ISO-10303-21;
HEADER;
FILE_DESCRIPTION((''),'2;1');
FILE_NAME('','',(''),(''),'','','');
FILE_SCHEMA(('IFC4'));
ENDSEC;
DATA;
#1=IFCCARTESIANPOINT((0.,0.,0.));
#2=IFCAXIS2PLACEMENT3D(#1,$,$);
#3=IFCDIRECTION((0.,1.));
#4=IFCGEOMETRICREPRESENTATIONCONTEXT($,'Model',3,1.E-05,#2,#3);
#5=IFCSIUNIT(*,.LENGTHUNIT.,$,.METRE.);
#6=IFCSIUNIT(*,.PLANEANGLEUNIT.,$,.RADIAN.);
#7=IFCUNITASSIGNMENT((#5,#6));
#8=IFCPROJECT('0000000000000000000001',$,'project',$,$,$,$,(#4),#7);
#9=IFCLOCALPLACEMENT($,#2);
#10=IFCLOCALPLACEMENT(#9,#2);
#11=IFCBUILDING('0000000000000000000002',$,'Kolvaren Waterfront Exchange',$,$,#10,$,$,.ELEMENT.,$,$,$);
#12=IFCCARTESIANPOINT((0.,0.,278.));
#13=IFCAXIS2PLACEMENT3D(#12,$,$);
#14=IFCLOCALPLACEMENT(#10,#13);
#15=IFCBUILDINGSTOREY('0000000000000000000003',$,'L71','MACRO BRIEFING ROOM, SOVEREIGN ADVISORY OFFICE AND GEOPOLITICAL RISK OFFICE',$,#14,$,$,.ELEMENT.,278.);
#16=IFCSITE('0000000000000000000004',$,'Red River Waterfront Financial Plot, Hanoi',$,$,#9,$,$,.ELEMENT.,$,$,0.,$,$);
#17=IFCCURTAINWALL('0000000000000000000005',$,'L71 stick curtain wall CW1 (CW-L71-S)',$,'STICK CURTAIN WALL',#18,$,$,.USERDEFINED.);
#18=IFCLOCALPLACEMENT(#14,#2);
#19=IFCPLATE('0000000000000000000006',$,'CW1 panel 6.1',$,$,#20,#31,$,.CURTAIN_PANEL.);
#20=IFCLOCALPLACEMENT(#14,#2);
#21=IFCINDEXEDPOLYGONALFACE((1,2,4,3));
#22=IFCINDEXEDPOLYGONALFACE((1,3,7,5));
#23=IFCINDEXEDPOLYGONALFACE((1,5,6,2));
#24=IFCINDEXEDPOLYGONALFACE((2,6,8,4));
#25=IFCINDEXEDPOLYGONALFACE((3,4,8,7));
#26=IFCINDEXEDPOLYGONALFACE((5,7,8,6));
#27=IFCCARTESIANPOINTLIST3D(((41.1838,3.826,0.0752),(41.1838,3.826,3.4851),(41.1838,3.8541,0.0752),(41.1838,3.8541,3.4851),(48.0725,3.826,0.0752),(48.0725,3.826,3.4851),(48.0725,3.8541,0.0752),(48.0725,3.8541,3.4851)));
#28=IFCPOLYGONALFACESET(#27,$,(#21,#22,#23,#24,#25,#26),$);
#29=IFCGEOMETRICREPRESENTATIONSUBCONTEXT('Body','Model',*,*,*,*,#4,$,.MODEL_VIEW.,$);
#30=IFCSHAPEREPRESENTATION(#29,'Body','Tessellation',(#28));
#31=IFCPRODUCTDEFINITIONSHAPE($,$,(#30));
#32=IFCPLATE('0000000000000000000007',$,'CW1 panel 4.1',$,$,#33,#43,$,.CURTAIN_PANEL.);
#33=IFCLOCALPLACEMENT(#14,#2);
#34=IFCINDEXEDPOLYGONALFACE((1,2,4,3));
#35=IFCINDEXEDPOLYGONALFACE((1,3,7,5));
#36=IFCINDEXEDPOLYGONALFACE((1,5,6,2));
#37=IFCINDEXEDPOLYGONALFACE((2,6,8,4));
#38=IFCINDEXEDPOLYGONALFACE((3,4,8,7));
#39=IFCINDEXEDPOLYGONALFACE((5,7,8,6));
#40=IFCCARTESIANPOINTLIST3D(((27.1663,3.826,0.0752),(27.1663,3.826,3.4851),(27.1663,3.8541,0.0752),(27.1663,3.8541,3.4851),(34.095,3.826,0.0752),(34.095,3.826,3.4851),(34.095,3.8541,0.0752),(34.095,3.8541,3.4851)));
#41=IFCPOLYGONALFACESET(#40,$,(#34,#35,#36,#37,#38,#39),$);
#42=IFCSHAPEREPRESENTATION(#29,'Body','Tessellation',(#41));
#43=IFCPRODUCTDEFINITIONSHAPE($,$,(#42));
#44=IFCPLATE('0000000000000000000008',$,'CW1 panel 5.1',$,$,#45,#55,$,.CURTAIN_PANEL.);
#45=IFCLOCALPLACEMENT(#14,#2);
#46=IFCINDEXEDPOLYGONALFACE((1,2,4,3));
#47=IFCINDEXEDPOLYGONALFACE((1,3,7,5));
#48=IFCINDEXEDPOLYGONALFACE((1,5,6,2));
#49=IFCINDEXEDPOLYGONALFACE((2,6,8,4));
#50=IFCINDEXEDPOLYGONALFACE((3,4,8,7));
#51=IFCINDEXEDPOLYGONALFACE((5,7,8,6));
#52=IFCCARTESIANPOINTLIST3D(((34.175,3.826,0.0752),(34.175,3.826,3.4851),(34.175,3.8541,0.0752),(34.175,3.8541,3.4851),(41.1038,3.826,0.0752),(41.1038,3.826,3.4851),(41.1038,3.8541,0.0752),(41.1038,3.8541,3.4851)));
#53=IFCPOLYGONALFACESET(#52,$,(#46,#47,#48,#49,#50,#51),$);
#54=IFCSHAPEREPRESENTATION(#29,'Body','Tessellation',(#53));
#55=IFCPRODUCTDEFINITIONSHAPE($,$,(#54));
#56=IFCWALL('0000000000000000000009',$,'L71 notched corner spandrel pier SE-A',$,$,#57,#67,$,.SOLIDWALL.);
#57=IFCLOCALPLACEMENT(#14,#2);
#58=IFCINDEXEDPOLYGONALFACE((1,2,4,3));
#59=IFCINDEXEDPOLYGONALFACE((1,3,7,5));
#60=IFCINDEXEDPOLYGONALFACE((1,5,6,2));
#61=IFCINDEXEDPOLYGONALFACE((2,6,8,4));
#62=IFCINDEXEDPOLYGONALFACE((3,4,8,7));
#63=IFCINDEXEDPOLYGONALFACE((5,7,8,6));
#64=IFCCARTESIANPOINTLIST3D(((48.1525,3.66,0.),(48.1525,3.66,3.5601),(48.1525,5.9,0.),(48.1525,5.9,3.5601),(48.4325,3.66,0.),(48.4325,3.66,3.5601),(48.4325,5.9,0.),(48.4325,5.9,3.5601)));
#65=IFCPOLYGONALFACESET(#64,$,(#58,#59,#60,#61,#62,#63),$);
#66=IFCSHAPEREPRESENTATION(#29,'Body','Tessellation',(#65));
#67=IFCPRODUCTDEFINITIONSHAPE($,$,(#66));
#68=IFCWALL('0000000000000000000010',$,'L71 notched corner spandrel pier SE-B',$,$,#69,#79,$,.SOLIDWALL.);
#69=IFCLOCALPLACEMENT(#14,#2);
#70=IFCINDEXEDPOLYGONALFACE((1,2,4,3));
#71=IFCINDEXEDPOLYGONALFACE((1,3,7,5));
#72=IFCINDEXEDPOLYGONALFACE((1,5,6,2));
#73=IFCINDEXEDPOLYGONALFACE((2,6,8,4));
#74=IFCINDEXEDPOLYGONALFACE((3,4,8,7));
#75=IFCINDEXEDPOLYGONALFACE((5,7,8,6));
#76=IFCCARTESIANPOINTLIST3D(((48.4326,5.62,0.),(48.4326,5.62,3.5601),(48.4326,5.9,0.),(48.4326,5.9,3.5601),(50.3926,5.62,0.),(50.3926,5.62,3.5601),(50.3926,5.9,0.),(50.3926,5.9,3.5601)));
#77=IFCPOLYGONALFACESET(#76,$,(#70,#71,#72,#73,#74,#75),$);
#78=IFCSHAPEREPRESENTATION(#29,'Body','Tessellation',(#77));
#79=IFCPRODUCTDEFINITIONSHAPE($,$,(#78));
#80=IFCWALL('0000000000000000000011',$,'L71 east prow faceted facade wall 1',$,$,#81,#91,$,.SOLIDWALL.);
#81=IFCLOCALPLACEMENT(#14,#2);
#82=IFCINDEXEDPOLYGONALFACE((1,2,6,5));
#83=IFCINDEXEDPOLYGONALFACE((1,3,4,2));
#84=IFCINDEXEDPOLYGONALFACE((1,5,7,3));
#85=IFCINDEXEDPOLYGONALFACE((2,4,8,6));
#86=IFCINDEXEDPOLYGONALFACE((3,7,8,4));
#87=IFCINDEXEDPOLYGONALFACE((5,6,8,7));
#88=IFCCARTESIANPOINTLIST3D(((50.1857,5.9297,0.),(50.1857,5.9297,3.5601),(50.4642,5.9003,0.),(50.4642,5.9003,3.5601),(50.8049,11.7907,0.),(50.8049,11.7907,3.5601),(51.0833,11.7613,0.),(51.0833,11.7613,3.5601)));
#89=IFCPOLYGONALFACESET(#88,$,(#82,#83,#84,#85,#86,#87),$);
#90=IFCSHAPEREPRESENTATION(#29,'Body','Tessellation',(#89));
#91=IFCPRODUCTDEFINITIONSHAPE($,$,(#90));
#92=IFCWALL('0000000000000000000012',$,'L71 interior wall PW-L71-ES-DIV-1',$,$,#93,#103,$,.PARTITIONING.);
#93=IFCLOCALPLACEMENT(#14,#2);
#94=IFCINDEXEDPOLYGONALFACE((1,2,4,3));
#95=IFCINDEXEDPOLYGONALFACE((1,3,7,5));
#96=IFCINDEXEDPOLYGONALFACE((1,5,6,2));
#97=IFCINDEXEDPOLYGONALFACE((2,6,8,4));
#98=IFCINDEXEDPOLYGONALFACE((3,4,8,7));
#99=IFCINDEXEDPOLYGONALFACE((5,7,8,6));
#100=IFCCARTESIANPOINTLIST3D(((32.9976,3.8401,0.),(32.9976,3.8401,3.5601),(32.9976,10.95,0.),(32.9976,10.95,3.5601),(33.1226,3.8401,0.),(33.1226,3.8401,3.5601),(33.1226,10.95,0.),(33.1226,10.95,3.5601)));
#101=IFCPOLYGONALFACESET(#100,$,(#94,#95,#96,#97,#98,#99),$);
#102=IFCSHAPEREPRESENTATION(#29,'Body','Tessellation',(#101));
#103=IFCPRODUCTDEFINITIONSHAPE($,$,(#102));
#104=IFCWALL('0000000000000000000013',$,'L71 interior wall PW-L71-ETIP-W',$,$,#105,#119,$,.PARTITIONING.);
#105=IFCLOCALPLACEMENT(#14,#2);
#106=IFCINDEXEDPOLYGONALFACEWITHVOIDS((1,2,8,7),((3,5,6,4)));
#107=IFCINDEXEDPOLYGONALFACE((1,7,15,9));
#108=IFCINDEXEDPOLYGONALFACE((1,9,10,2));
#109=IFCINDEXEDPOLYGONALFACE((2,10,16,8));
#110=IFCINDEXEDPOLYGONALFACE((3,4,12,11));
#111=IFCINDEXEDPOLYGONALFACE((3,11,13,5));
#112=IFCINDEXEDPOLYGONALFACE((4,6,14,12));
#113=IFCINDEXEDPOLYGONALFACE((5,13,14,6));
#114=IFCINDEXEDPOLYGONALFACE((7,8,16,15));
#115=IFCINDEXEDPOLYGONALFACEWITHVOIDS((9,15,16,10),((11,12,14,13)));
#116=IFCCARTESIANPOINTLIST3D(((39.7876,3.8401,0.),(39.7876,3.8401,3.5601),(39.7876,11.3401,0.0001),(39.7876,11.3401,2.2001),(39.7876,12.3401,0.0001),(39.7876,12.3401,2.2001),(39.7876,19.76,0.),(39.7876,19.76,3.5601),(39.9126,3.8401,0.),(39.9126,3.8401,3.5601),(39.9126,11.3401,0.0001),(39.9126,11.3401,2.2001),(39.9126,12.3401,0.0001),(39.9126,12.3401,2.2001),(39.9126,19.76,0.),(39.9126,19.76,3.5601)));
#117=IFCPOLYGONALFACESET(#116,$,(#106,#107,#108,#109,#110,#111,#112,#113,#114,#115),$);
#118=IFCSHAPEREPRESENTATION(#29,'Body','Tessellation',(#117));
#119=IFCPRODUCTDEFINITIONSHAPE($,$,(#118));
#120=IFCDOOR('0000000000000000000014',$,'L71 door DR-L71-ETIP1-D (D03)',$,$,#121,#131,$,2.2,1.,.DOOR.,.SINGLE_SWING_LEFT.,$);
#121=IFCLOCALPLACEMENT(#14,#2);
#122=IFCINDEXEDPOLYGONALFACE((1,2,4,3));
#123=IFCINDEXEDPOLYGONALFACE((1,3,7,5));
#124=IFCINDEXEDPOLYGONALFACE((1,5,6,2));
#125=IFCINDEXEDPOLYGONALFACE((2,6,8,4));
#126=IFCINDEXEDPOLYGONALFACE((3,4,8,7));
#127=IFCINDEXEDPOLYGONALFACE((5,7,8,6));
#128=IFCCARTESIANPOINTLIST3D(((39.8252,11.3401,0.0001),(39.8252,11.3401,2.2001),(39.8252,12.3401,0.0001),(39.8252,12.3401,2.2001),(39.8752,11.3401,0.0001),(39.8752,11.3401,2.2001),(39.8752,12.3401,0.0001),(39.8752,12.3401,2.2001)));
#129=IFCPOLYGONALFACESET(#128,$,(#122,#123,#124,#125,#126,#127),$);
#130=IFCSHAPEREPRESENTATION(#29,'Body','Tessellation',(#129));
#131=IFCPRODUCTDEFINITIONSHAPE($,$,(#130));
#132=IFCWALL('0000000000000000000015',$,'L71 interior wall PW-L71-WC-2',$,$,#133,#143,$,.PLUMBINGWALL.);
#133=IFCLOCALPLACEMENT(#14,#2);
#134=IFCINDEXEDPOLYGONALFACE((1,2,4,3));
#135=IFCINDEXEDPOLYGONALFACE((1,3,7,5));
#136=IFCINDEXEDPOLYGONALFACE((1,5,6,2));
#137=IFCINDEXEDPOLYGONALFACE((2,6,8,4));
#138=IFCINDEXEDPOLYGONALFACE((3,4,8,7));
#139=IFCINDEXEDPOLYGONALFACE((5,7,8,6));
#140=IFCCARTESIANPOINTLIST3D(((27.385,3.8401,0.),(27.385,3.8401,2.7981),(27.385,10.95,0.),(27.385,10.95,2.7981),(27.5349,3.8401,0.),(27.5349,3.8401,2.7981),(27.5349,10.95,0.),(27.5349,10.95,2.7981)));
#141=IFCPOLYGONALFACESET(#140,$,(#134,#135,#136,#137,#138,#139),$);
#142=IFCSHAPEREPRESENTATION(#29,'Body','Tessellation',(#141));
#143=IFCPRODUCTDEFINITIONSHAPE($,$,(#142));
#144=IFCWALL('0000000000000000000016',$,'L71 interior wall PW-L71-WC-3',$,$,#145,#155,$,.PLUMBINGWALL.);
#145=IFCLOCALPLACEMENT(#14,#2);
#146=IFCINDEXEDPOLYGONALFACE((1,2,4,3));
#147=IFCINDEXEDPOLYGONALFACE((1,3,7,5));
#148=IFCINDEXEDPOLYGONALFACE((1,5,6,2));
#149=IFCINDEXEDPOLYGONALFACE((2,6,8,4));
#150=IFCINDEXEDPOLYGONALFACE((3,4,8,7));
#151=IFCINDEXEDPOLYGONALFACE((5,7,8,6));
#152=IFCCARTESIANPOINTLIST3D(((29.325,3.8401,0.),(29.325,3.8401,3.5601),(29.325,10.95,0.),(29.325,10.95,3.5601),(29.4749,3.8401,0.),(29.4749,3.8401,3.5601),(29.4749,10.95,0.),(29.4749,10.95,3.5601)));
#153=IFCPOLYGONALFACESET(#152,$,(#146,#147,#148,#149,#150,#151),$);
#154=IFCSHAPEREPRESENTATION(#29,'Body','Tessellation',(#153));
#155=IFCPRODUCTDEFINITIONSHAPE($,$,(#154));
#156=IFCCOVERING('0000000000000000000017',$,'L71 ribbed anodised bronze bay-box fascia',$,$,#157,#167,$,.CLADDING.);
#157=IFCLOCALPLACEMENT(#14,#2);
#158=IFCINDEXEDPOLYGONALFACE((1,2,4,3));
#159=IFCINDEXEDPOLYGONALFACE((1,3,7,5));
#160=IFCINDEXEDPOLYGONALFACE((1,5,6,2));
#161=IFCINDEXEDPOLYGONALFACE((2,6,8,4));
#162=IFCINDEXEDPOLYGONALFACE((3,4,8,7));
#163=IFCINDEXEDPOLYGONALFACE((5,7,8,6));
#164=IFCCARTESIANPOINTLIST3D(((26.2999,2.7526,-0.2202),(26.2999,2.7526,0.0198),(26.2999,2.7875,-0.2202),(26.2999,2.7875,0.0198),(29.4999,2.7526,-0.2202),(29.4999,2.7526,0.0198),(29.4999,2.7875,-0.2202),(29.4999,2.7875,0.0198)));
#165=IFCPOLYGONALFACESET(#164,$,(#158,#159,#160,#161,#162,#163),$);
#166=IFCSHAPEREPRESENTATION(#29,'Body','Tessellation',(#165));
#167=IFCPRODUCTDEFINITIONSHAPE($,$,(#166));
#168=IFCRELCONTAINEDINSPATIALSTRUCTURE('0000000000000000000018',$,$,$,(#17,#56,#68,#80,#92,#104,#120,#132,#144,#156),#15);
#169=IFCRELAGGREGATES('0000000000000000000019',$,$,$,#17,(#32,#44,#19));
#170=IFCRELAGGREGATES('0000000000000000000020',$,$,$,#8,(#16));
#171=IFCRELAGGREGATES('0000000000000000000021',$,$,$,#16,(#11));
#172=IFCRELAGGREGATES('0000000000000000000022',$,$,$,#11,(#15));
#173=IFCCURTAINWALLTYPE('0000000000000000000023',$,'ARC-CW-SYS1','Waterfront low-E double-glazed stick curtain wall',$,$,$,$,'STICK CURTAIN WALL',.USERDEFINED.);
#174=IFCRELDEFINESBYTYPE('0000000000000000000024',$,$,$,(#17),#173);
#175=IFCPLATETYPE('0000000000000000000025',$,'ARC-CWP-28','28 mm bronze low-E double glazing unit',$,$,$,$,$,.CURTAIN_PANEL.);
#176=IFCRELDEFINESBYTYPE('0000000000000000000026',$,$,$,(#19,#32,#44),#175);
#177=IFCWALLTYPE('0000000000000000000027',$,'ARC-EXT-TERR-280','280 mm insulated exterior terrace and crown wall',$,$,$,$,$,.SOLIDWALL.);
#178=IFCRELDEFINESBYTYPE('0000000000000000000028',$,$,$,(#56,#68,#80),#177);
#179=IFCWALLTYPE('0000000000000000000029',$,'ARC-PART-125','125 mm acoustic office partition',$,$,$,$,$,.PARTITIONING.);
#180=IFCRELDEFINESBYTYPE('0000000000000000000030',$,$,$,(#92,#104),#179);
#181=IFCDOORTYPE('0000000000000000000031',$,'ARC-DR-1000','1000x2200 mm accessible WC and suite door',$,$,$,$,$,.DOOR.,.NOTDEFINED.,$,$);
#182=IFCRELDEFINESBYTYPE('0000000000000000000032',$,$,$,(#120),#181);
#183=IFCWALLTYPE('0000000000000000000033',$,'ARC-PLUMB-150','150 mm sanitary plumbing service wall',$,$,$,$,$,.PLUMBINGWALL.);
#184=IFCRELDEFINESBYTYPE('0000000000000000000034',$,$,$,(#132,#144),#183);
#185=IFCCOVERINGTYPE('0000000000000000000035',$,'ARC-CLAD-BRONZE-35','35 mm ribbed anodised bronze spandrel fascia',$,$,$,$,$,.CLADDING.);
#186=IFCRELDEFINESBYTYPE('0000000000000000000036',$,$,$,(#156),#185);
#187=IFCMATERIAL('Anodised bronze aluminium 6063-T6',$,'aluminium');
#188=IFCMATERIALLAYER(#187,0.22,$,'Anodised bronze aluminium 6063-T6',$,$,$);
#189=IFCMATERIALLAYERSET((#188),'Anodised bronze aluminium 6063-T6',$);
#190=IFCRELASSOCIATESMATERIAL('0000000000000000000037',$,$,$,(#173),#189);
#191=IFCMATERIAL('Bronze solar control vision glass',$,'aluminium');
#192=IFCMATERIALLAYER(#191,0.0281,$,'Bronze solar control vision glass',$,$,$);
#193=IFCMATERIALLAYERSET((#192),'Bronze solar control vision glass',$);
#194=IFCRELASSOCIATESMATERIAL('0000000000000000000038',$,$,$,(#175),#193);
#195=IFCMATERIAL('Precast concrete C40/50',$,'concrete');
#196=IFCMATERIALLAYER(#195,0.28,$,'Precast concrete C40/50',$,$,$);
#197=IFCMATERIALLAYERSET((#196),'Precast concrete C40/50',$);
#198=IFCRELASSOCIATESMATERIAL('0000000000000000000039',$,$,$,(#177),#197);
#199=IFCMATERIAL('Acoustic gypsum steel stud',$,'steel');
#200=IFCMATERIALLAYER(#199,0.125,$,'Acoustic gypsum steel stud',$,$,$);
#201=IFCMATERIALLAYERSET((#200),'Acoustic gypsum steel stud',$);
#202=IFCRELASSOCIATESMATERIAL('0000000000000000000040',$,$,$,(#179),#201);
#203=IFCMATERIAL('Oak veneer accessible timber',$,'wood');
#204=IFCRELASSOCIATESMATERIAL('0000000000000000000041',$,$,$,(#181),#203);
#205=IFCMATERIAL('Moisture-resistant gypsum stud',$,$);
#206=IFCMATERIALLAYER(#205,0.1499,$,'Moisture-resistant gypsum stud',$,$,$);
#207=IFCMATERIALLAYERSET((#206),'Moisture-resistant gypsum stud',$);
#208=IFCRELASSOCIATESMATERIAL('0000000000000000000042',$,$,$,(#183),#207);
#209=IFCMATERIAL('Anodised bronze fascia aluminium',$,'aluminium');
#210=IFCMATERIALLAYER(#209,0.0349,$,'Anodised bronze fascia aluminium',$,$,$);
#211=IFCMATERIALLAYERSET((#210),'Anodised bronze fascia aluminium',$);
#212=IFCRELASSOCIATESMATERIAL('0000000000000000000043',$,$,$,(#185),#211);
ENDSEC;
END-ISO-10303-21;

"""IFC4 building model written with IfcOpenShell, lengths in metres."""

from ifc_helpers import new_model, si_unit, direction, frame, frame_2d, origin, origin_with_axes, origin_2d, place, context, subcontext, project, spatial, rectangle, extrude, source, transform, mapped, material, layer, layer_set, type_object, element, fill, aggregate, save


model = new_model("IFC4")

# Units and contexts
model_context = context("Model", 3, precision=1e-05, world=origin(), true_north=direction((0.0, 1.0)))
body_context = subcontext(model_context, "Body", "Model", "MODEL_VIEW")
ifc_project = project(units=[si_unit("LENGTHUNIT", "METRE"), si_unit("PLANEANGLEUNIT", "RADIAN")], contexts=[model_context])

# Site, building, storey
site_placement = place(None, origin())
site = spatial("IfcSite", under=ifc_project, at=site_placement, Name="Red River Waterfront Financial Plot, Hanoi", CompositionType="ELEMENT", RefElevation=0.0)
building_placement = place(site_placement, origin())
building = spatial("IfcBuilding", under=site, at=building_placement, Name="Kolvaren Waterfront Exchange", CompositionType="ELEMENT")
storey_placement = place(building_placement, frame((0.0, 0.0, 278.0)))
storey = spatial("IfcBuildingStorey", under=building, at=storey_placement, Name="L71", Description="MACRO BRIEFING ROOM, SOVEREIGN ADVISORY OFFICE AND GEOPOLITICAL RISK OFFICE", CompositionType="ELEMENT", Elevation=278.0)

# Shared definitions
ifc_material_1 = material(Name="Anodised bronze aluminium 6063-T6", Category="aluminium")

# Curtain wall
ifc_layer_1 = layer(ifc_material_1, 0.22, Name="Anodised bronze aluminium 6063-T6")
ifc_layer_set_1 = layer_set([ifc_layer_1], Name="Anodised bronze aluminium 6063-T6")
curtain_wall_type_1 = type_object("IfcCurtainWallType", Name="ARC-CW-SYS1", Description="Waterfront low-E double-glazed stick curtain wall", ElementType="STICK CURTAIN WALL", PredefinedType="USERDEFINED", material=ifc_layer_set_1)
curtain_wall_1_placement = place(storey_placement, origin())
curtain_wall_1 = element("IfcCurtainWall", 1, at=curtain_wall_1_placement, inside=storey, type_object=curtain_wall_type_1, Name="L71 stick curtain wall CW1 (CW-L71-S)", ObjectType="STICK CURTAIN WALL", PredefinedType="USERDEFINED")

# Plates
ifc_material_2 = material(Name="Bronze solar control vision glass", Category="aluminium")
ifc_layer_2 = layer(ifc_material_2, 0.0281, Name="Bronze solar control vision glass")
ifc_layer_set_2 = layer_set([ifc_layer_2], Name="Bronze solar control vision glass")
plate_type_1 = type_object("IfcPlateType", Name="ARC-CWP-28", Description="28 mm bronze low-E double glazing unit", PredefinedType="CURTAIN_PANEL", material=ifc_layer_set_2)
shared_shape_1 = source(origin_with_axes(), body_context, "Body", "SweptSolid", [
    extrude(rectangle(XDim=6.8887, YDim=0.0281, at=origin_2d()), origin(), (0.0, 0.0, 1.0), 3.4099),
])
plate_1_placement = place(storey_placement, frame((44.6282, 3.8401, 0.0752), z_axis=(0.0, 0.0, 1.0), x_axis=(1.0, 0.0, 0.0)))
plate_1 = element("IfcPlate", 2, at=plate_1_placement, type_object=plate_type_1, Name="CW1 panel 6.1", PredefinedType="CURTAIN_PANEL", context=body_context, shape_type="MappedRepresentation", body=[
    mapped(shared_shape_1, transform((0.0, 0.0, 0.0), x_axis=(1.0, 0.0, 0.0), y_axis=(0.0, 1.0, 0.0), z_axis=(0.0, 0.0, 1.0), scale=1.0)),
])
shared_shape_2 = source(origin_with_axes(), body_context, "Body", "SweptSolid", [
    extrude(rectangle(XDim=6.9287, YDim=0.0281, at=origin_2d()), origin(), (0.0, 0.0, 1.0), 3.4099),
])
plate_2_placement = place(storey_placement, frame((30.6306, 3.8401, 0.0752), z_axis=(0.0, 0.0, 1.0), x_axis=(1.0, 0.0, 0.0)))
plate_2 = element("IfcPlate", 3, at=plate_2_placement, type_object=plate_type_1, Name="CW1 panel 4.1", PredefinedType="CURTAIN_PANEL", context=body_context, shape_type="MappedRepresentation", body=[
    mapped(shared_shape_2, transform((0.0, 0.0, 0.0), x_axis=(1.0, 0.0, 0.0), y_axis=(0.0, 1.0, 0.0), z_axis=(0.0, 0.0, 1.0), scale=1.0)),
])
plate_3_placement = place(storey_placement, frame((37.6394, 3.8401, 0.0752), z_axis=(0.0, 0.0, 1.0), x_axis=(1.0, 0.0, 0.0)))
plate_3 = element("IfcPlate", 4, at=plate_3_placement, type_object=plate_type_1, Name="CW1 panel 5.1", PredefinedType="CURTAIN_PANEL", context=body_context, shape_type="MappedRepresentation", body=[
    mapped(shared_shape_2, transform((0.0, 0.0, 0.0), x_axis=(1.0, 0.0, 0.0), y_axis=(0.0, 1.0, 0.0), z_axis=(0.0, 0.0, 1.0), scale=1.0)),
])
aggregate(curtain_wall_1, [plate_2, plate_3, plate_1])

# Walls
ifc_material_3 = material(Name="Precast concrete C40/50", Category="concrete")
ifc_layer_3 = layer(ifc_material_3, 0.28, Name="Precast concrete C40/50")
ifc_layer_set_3 = layer_set([ifc_layer_3], Name="Precast concrete C40/50")
wall_type_1 = type_object("IfcWallType", Name="ARC-EXT-TERR-280", Description="280 mm insulated exterior terrace and crown wall", PredefinedType="SOLIDWALL", material=ifc_layer_set_3)
wall_1_placement = place(storey_placement, frame((48.2925, 3.6599, 0.0), z_axis=(0.0, 0.0, 1.0), x_axis=(0.0, 1.0, 0.0)))
element("IfcWall", 5, at=wall_1_placement, inside=storey, type_object=wall_type_1, Name="L71 notched corner spandrel pier SE-A", PredefinedType="SOLIDWALL", context=body_context, shape_type="SweptSolid", body=[
    extrude(rectangle(XDim=2.24, YDim=0.28, at=frame_2d((1.1201, 0.0))), origin(), (0.0, 0.0, 1.0), 3.5601),
])
wall_2_placement = place(storey_placement, frame((48.4326, 5.76, 0.0), z_axis=(0.0, 0.0, 1.0), x_axis=(1.0, 0.0, 0.0)))
element("IfcWall", 6, at=wall_2_placement, inside=storey, type_object=wall_type_1, Name="L71 notched corner spandrel pier SE-B", PredefinedType="SOLIDWALL", context=body_context, shape_type="SweptSolid", body=[
    extrude(rectangle(XDim=1.96, YDim=0.28, at=frame_2d((0.98, 0.0))), origin(), (0.0, 0.0, 1.0), 3.5601),
])
wall_3_placement = place(storey_placement, frame((50.325, 5.915, 0.0), z_axis=(0.0, 0.0, 1.0), x_axis=(0.105056, 0.994466, 0.0)))
element("IfcWall", 7, at=wall_3_placement, inside=storey, type_object=wall_type_1, Name="L71 east prow faceted facade wall 1", PredefinedType="SOLIDWALL", context=body_context, shape_type="SweptSolid", body=[
    extrude(rectangle(XDim=5.8936, YDim=0.28, at=frame_2d((2.9468, 0.0))), origin(), (0.0, 0.0, 1.0), 3.5601),
])
ifc_material_4 = material(Name="Acoustic gypsum steel stud", Category="steel")
ifc_layer_4 = layer(ifc_material_4, 0.125, Name="Acoustic gypsum steel stud")
ifc_layer_set_4 = layer_set([ifc_layer_4], Name="Acoustic gypsum steel stud")
wall_type_2 = type_object("IfcWallType", Name="ARC-PART-125", Description="125 mm acoustic office partition", PredefinedType="PARTITIONING", material=ifc_layer_set_4)
wall_4_placement = place(storey_placement, frame((33.0601, 3.8401, 0.0), z_axis=(0.0, 0.0, 1.0), x_axis=(0.0, 1.0, 0.0)))
element("IfcWall", 8, at=wall_4_placement, inside=storey, type_object=wall_type_2, Name="L71 interior wall PW-L71-ES-DIV-1", PredefinedType="PARTITIONING", context=body_context, shape_type="SweptSolid", body=[
    extrude(rectangle(XDim=7.1099, YDim=0.125, at=frame_2d((3.5549, 0.0))), origin(), (0.0, 0.0, 1.0), 3.5601),
])

# Wall, opening, door
wall_5_placement = place(storey_placement, frame((39.8501, 3.8401, 0.0), z_axis=(0.0, 0.0, 1.0), x_axis=(0.0, 1.0, 0.0)))
wall_5 = element("IfcWall", 9, at=wall_5_placement, inside=storey, type_object=wall_type_2, Name="L71 interior wall PW-L71-ETIP-W", PredefinedType="PARTITIONING", context=body_context, shape_type="SweptSolid", body=[
    extrude(rectangle(XDim=15.9199, YDim=0.125, at=frame_2d((7.96, 0.0))), origin(), (0.0, 0.0, 1.0), 3.5601),
])
opening_placement = place(wall_5_placement, frame((7.5, 0.0, 0.0)))
opening = element("IfcOpeningElement", 10, at=opening_placement, cuts=wall_5, PredefinedType="OPENING", context=body_context, shape_type="SweptSolid", body=[
    extrude(rectangle(XDim=1.0, YDim=2.2, at=frame_2d((0.5, 1.1001))), frame((0.0, 0.0725, 0.0), z_axis=(0.0, -1.0, 0.0), x_axis=(1.0, 0.0, 0.0)), (0.0, 0.0, 1.0), 0.145),
])
ifc_material_5 = material(Name="Oak veneer accessible timber", Category="wood")
door_type = type_object("IfcDoorType", Name="ARC-DR-1000", Description="1000x2200 mm accessible WC and suite door", OperationType="NOTDEFINED", PredefinedType="DOOR", material=ifc_material_5)
door_placement = place(opening_placement, origin())
door = element("IfcDoor", 11, at=door_placement, inside=storey, type_object=door_type, Name="L71 door DR-L71-ETIP1-D (D03)", OperationType="SINGLE_SWING_LEFT", OverallHeight=2.2, OverallWidth=1.0, PredefinedType="DOOR", context=body_context, shape_type="SweptSolid", body=[
    extrude(rectangle(XDim=1.0, YDim=2.2, at=frame_2d((0.5, 1.1001))), frame((0.0, 0.0249, 0.0), z_axis=(0.0, -1.0, 0.0), x_axis=(1.0, 0.0, 0.0)), (0.0, 0.0, 1.0), 0.05),
])
fill(opening, door)

# Walls
ifc_material_6 = material(Name="Moisture-resistant gypsum stud")
ifc_layer_5 = layer(ifc_material_6, 0.1499, Name="Moisture-resistant gypsum stud")
ifc_layer_set_5 = layer_set([ifc_layer_5], Name="Moisture-resistant gypsum stud")
wall_type_3 = type_object("IfcWallType", Name="ARC-PLUMB-150", Description="150 mm sanitary plumbing service wall", PredefinedType="PLUMBINGWALL", material=ifc_layer_set_5)
wall_6_placement = place(storey_placement, frame((27.46, 3.8401, 0.0), z_axis=(0.0, 0.0, 1.0), x_axis=(0.0, 1.0, 0.0)))
element("IfcWall", 12, at=wall_6_placement, inside=storey, type_object=wall_type_3, Name="L71 interior wall PW-L71-WC-2", PredefinedType="PLUMBINGWALL", context=body_context, shape_type="SweptSolid", body=[
    extrude(rectangle(XDim=7.1099, YDim=0.1499, at=frame_2d((3.5549, 0.0))), origin(), (0.0, 0.0, 1.0), 2.7981),
])
wall_7_placement = place(storey_placement, frame((29.3999, 3.8401, 0.0), z_axis=(0.0, 0.0, 1.0), x_axis=(0.0, 1.0, 0.0)))
element("IfcWall", 13, at=wall_7_placement, inside=storey, type_object=wall_type_3, Name="L71 interior wall PW-L71-WC-3", PredefinedType="PLUMBINGWALL", context=body_context, shape_type="SweptSolid", body=[
    extrude(rectangle(XDim=7.1099, YDim=0.1499, at=frame_2d((3.5549, 0.0))), origin(), (0.0, 0.0, 1.0), 3.5601),
])

# Covering
ifc_material_7 = material(Name="Anodised bronze fascia aluminium", Category="aluminium")
ifc_layer_6 = layer(ifc_material_7, 0.0349, Name="Anodised bronze fascia aluminium")
ifc_layer_set_6 = layer_set([ifc_layer_6], Name="Anodised bronze fascia aluminium")
covering_type = type_object("IfcCoveringType", Name="ARC-CLAD-BRONZE-35", Description="35 mm ribbed anodised bronze spandrel fascia", PredefinedType="CLADDING", material=ifc_layer_set_6)
covering_placement = place(storey_placement, frame((27.8999, 2.77, -0.2202), z_axis=(0.0, 0.0, 1.0), x_axis=(1.0, 0.0, 0.0)))
element("IfcCovering", 14, at=covering_placement, inside=storey, type_object=covering_type, Name="L71 ribbed anodised bronze bay-box fascia", PredefinedType="CLADDING", context=body_context, shape_type="SweptSolid", body=[
    extrude(rectangle(XDim=3.2, YDim=0.0349, at=origin_2d()), origin(), (0.0, 0.0, 1.0), 0.24),
])

save(model, "model.ifc")
